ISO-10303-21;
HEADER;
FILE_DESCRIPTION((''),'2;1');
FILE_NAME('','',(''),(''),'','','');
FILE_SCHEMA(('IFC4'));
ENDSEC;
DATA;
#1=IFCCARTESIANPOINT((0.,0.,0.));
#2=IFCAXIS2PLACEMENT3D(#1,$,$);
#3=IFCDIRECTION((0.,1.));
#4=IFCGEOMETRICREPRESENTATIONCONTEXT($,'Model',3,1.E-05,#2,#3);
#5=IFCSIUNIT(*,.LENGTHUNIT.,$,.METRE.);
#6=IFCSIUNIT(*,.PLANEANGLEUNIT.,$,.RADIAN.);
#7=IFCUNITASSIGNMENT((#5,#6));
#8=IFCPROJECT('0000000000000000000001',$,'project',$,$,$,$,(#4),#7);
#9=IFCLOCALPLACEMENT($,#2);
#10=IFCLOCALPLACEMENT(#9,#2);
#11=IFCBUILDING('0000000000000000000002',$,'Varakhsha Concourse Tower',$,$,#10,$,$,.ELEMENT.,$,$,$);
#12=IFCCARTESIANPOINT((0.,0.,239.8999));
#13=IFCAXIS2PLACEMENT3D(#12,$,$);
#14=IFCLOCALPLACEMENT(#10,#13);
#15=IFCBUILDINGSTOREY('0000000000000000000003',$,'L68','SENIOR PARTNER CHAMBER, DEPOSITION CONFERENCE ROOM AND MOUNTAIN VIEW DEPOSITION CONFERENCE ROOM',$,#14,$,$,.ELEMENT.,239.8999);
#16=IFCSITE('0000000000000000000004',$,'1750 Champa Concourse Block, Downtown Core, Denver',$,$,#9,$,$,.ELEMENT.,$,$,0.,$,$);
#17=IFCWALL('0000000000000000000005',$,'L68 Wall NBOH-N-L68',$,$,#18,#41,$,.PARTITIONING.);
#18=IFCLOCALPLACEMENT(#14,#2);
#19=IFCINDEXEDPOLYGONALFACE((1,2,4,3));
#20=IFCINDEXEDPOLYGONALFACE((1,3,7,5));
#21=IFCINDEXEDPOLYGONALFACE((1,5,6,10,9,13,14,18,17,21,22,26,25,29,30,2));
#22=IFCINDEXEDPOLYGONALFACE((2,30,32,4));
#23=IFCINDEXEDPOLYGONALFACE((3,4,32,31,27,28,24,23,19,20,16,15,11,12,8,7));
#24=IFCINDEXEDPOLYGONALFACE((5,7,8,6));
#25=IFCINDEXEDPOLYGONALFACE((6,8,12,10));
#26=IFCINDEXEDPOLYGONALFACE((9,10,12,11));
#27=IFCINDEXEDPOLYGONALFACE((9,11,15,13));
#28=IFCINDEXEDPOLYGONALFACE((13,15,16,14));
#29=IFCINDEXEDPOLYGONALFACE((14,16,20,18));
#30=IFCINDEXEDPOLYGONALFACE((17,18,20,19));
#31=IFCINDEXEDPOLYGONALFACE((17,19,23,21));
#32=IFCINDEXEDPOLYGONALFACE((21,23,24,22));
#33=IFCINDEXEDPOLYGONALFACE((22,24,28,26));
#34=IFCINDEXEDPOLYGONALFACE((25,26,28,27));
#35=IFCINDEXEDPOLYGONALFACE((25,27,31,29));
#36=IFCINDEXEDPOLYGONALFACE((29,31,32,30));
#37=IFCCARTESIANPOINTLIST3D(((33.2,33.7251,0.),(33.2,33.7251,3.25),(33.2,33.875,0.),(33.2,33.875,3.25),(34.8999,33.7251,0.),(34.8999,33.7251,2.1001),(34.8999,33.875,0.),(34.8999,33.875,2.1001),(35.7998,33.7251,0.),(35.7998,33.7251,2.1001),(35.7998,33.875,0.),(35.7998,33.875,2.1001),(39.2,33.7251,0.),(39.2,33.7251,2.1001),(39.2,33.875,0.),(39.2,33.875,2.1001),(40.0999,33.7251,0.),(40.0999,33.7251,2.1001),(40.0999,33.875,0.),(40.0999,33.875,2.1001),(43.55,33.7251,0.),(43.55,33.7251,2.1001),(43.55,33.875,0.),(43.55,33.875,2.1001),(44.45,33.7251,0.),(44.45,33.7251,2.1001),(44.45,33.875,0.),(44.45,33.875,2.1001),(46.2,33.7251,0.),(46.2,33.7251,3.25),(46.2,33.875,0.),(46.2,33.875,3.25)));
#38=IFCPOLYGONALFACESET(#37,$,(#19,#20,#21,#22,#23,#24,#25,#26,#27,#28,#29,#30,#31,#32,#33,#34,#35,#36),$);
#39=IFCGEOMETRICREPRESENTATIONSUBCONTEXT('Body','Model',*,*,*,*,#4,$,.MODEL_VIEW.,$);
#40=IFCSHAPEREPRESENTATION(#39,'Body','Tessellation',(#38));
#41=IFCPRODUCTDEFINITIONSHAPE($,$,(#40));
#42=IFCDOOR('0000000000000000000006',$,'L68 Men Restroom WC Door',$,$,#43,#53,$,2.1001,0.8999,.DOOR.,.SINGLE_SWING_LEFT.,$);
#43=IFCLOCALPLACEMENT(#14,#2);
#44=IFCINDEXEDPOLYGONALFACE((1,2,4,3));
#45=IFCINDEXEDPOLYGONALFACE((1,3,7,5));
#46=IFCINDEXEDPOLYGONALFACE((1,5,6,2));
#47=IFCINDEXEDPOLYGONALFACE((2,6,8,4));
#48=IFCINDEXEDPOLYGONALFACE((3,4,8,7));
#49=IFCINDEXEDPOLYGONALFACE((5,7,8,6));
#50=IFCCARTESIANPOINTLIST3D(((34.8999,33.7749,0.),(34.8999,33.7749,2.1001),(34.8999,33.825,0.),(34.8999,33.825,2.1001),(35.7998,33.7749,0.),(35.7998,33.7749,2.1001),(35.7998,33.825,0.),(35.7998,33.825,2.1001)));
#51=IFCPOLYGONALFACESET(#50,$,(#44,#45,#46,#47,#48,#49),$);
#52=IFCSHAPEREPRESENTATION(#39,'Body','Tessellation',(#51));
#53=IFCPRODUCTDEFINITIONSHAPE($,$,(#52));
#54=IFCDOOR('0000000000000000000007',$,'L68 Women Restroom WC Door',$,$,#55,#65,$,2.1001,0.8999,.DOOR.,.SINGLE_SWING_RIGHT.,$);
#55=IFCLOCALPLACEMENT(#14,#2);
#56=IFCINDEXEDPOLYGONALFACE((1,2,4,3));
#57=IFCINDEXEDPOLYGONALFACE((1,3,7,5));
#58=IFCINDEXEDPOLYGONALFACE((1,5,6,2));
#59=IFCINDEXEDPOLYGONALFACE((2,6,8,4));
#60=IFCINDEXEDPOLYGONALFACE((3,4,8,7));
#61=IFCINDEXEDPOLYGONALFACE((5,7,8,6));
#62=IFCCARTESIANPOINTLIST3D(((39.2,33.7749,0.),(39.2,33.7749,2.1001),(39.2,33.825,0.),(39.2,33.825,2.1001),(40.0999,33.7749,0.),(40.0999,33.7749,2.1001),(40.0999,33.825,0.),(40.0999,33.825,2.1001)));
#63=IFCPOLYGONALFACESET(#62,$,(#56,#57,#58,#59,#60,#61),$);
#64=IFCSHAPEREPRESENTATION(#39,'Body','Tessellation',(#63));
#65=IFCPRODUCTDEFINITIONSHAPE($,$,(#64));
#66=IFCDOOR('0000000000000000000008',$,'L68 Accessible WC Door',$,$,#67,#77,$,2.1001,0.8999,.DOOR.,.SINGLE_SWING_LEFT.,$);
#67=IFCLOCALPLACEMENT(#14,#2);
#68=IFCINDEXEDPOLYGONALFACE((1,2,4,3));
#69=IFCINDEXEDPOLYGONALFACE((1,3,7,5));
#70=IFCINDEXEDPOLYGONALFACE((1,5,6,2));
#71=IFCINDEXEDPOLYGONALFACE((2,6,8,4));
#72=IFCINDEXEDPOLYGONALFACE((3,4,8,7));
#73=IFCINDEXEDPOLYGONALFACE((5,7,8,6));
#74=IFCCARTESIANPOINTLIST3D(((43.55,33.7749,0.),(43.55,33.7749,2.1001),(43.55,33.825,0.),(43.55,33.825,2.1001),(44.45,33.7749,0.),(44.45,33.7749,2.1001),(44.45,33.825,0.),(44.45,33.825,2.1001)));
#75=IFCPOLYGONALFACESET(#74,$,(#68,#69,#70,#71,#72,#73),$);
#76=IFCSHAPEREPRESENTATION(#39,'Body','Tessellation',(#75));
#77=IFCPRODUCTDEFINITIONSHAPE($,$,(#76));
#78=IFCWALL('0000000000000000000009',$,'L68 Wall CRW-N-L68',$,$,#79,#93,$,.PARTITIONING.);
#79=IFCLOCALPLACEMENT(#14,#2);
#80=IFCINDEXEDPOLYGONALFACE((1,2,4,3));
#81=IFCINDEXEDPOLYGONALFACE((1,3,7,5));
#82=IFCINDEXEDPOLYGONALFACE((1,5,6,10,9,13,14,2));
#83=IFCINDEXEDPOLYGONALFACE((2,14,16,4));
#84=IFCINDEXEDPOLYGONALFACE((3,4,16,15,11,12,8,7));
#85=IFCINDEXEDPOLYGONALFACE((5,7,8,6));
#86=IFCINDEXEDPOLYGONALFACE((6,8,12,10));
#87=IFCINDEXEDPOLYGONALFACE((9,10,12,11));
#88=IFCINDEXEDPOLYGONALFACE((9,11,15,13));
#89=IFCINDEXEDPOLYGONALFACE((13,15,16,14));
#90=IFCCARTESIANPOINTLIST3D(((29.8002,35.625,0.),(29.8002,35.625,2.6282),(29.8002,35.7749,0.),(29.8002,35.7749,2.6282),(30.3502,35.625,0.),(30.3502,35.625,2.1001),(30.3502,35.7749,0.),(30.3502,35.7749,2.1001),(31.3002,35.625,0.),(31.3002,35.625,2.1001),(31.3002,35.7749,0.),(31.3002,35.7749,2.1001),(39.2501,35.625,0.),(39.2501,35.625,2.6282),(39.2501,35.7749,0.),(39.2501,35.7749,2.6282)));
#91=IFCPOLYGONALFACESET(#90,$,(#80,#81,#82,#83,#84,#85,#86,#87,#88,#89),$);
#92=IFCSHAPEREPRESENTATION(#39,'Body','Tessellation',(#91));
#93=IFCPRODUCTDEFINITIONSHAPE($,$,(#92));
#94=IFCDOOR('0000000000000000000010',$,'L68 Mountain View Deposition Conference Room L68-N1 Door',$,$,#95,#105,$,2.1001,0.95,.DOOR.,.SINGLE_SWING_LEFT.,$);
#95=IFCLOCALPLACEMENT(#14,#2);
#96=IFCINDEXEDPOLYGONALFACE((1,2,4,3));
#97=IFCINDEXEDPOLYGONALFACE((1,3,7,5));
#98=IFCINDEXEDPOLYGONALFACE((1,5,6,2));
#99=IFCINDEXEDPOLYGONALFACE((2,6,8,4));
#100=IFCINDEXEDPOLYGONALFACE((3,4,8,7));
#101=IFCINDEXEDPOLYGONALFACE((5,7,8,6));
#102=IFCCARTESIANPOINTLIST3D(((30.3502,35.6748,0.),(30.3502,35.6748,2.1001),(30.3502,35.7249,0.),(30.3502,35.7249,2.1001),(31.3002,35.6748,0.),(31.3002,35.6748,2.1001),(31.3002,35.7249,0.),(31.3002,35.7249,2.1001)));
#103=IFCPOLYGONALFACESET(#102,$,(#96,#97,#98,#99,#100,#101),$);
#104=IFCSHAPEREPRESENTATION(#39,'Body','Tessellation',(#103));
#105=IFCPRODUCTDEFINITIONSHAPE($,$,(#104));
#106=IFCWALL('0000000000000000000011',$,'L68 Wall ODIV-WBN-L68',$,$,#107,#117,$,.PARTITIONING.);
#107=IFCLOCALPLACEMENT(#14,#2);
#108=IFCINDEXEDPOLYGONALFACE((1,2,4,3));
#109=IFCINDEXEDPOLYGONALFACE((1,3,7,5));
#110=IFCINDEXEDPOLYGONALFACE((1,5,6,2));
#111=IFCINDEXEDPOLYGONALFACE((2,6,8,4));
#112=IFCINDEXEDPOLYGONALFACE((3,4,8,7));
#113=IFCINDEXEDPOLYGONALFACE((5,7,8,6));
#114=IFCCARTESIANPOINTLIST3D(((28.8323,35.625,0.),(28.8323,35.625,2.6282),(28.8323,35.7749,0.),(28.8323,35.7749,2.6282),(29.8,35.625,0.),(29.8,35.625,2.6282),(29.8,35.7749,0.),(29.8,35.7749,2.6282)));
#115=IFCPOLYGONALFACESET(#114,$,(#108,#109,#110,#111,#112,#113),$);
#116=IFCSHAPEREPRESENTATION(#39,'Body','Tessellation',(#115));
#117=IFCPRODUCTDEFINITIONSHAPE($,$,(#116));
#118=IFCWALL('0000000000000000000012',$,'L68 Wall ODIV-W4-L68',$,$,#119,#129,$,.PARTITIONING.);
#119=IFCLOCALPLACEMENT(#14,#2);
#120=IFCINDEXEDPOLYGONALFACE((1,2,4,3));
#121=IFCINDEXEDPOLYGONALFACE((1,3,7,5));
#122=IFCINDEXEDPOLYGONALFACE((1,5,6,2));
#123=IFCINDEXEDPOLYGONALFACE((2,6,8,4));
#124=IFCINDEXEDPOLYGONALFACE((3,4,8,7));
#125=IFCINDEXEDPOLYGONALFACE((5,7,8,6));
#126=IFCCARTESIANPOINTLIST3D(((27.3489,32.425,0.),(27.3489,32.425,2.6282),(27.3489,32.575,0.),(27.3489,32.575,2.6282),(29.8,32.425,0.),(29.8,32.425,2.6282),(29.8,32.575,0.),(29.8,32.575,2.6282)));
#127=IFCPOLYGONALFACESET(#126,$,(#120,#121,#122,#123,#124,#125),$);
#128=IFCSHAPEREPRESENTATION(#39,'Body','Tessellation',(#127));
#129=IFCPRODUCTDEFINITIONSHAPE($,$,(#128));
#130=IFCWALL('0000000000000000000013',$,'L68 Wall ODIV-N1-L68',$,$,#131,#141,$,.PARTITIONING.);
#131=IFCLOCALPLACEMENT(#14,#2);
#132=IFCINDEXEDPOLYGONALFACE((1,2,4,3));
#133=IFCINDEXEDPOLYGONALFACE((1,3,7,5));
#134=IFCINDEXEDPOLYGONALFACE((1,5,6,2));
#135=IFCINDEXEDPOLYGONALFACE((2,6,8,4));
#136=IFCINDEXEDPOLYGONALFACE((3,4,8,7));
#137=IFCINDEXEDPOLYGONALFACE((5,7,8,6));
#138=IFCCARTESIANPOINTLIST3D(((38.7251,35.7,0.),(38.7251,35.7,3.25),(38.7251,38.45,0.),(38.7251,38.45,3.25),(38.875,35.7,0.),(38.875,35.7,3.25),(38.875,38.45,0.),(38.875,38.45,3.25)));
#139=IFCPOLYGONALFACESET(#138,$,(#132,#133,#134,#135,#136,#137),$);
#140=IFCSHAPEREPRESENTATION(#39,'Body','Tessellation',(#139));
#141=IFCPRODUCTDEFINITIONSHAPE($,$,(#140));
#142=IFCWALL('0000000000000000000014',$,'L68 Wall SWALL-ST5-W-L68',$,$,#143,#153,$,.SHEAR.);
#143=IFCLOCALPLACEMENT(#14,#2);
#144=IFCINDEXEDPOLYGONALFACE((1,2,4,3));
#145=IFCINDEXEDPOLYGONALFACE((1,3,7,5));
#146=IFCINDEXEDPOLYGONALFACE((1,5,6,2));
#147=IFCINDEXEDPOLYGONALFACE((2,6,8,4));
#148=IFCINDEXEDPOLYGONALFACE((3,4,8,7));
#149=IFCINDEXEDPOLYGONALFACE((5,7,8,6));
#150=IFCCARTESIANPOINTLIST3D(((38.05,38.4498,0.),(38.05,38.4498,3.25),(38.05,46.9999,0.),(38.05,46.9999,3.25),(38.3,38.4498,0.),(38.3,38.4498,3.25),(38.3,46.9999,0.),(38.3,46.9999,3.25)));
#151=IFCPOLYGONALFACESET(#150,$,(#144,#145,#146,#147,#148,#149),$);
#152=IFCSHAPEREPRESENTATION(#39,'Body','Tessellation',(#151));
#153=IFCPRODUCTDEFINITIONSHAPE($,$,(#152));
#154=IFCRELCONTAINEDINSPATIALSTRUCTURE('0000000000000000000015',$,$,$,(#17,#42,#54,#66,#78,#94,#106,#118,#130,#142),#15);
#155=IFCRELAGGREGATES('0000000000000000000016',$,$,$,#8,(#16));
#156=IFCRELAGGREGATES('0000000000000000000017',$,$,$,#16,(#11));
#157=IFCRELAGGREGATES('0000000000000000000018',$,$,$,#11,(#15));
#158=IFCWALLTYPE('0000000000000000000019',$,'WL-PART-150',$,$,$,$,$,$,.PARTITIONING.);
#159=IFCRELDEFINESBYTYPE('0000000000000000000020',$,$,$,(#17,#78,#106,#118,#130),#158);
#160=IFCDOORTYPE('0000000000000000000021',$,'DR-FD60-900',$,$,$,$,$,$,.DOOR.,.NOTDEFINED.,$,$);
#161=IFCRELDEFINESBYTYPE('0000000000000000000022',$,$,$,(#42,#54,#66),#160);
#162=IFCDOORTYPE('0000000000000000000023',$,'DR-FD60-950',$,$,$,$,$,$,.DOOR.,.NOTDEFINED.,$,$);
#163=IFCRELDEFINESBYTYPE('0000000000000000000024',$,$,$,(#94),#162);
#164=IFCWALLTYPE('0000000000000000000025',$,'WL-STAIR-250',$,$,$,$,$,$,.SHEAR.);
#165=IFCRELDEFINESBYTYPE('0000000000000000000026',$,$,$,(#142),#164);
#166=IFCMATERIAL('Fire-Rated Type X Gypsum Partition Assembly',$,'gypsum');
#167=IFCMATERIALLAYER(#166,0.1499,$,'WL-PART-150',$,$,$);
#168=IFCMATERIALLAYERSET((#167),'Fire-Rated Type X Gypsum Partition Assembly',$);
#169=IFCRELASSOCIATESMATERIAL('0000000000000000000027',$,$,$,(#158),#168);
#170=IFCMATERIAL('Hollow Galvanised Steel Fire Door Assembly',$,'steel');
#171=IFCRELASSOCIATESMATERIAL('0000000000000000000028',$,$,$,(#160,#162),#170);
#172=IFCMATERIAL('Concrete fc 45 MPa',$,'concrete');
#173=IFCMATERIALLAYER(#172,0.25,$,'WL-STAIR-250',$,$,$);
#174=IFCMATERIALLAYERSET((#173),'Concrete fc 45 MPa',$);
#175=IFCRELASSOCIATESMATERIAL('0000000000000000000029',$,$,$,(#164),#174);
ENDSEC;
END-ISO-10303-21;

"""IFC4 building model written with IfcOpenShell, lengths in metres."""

from ifc_helpers import new_model, si_unit, direction, frame, frame_2d, origin, place, context, subcontext, project, spatial, rectangle, extrude, material, layer, layer_set, type_object, element, fill, save


model = new_model("IFC4")

# Units and contexts
model_context = context("Model", 3, precision=1e-05, world=origin(), true_north=direction((0.0, 1.0)))
body_context = subcontext(model_context, "Body", "Model", "MODEL_VIEW")
ifc_project = project(units=[si_unit("LENGTHUNIT", "METRE"), si_unit("PLANEANGLEUNIT", "RADIAN")], contexts=[model_context])

# Site, building, storey
site_placement = place(None, origin())
site = spatial("IfcSite", under=ifc_project, at=site_placement, Name="1750 Champa Concourse Block, Downtown Core, Denver", CompositionType="ELEMENT", RefElevation=0.0)
building_placement = place(site_placement, origin())
building = spatial("IfcBuilding", under=site, at=building_placement, Name="Varakhsha Concourse Tower", CompositionType="ELEMENT")
storey_placement = place(building_placement, frame((0.0, 0.0, 239.8999)))
storey = spatial("IfcBuildingStorey", under=building, at=storey_placement, Name="L68", Description="SENIOR PARTNER CHAMBER, DEPOSITION CONFERENCE ROOM AND MOUNTAIN VIEW DEPOSITION CONFERENCE ROOM", CompositionType="ELEMENT", Elevation=239.8999)

# Wall, openings, doors
ifc_material_1 = material(Name="Fire-Rated Type X Gypsum Partition Assembly", Category="gypsum")
ifc_layer_1 = layer(ifc_material_1, 0.1499, Name="WL-PART-150")
ifc_layer_set_1 = layer_set([ifc_layer_1], Name="Fire-Rated Type X Gypsum Partition Assembly")
wall_type_1 = type_object("IfcWallType", Name="WL-PART-150", PredefinedType="PARTITIONING", material=ifc_layer_set_1)
wall_1_placement = place(storey_placement, frame((33.2, 33.8, 0.0), z_axis=(0.0, 0.0, 1.0), x_axis=(1.0, 0.0, 0.0)))
wall_1 = element("IfcWall", 1, at=wall_1_placement, inside=storey, type_object=wall_type_1, Name="L68 Wall NBOH-N-L68", PredefinedType="PARTITIONING", context=body_context, shape_type="SweptSolid", body=[
    extrude(rectangle(XDim=13.0, YDim=0.1499, at=frame_2d((6.5, 0.0))), origin(), (0.0, 0.0, 1.0), 3.25),
])
opening_1_placement = place(wall_1_placement, frame((1.7, 0.0, 0.0)))
opening_1 = element("IfcOpeningElement", 2, at=opening_1_placement, cuts=wall_1, PredefinedType="OPENING", context=body_context, shape_type="SweptSolid", body=[
    extrude(rectangle(XDim=0.8999, YDim=2.1001, at=frame_2d((0.45, 1.05))), frame((0.0, 0.085, 0.0), z_axis=(0.0, -1.0, 0.0), x_axis=(1.0, 0.0, 0.0)), (0.0, 0.0, 1.0), 0.1699),
])
opening_2_placement = place(wall_1_placement, frame((6.0, 0.0, 0.0)))
opening_2 = element("IfcOpeningElement", 3, at=opening_2_placement, cuts=wall_1, PredefinedType="OPENING", context=body_context, shape_type="SweptSolid", body=[
    extrude(rectangle(XDim=0.8999, YDim=2.1001, at=frame_2d((0.45, 1.05))), frame((0.0, 0.085, 0.0), z_axis=(0.0, -1.0, 0.0), x_axis=(1.0, 0.0, 0.0)), (0.0, 0.0, 1.0), 0.1699),
])
opening_3_placement = place(wall_1_placement, frame((10.3501, 0.0, 0.0)))
opening_3 = element("IfcOpeningElement", 4, at=opening_3_placement, cuts=wall_1, PredefinedType="OPENING", context=body_context, shape_type="SweptSolid", body=[
    extrude(rectangle(XDim=0.8999, YDim=2.1001, at=frame_2d((0.45, 1.05))), frame((0.0, 0.085, 0.0), z_axis=(0.0, -1.0, 0.0), x_axis=(1.0, 0.0, 0.0)), (0.0, 0.0, 1.0), 0.1699),
])
ifc_material_2 = material(Name="Hollow Galvanised Steel Fire Door Assembly", Category="steel")
door_type_1 = type_object("IfcDoorType", Name="DR-FD60-900", OperationType="NOTDEFINED", PredefinedType="DOOR", material=ifc_material_2)
door_1_placement = place(opening_1_placement, origin())
door_1 = element("IfcDoor", 5, at=door_1_placement, inside=storey, type_object=door_type_1, Name="L68 Men Restroom WC Door", OperationType="SINGLE_SWING_LEFT", OverallHeight=2.1001, OverallWidth=0.8999, PredefinedType="DOOR", context=body_context, shape_type="SweptSolid", body=[
    extrude(rectangle(XDim=0.8999, YDim=2.1001, at=frame_2d((0.45, 1.05))), frame((0.0, 0.0249, 0.0), z_axis=(0.0, -1.0, 0.0), x_axis=(1.0, 0.0, 0.0)), (0.0, 0.0, 1.0), 0.05),
])
fill(opening_1, door_1)
door_2_placement = place(opening_2_placement, origin())
door_2 = element("IfcDoor", 6, at=door_2_placement, inside=storey, type_object=door_type_1, Name="L68 Women Restroom WC Door", OperationType="SINGLE_SWING_RIGHT", OverallHeight=2.1001, OverallWidth=0.8999, PredefinedType="DOOR", context=body_context, shape_type="SweptSolid", body=[
    extrude(rectangle(XDim=0.8999, YDim=2.1001, at=frame_2d((0.45, 1.05))), frame((0.0, 0.0249, 0.0), z_axis=(0.0, -1.0, 0.0), x_axis=(1.0, 0.0, 0.0)), (0.0, 0.0, 1.0), 0.05),
])
fill(opening_2, door_2)
door_3_placement = place(opening_3_placement, origin())
door_3 = element("IfcDoor", 7, at=door_3_placement, inside=storey, type_object=door_type_1, Name="L68 Accessible WC Door", OperationType="SINGLE_SWING_LEFT", OverallHeight=2.1001, OverallWidth=0.8999, PredefinedType="DOOR", context=body_context, shape_type="SweptSolid", body=[
    extrude(rectangle(XDim=0.8999, YDim=2.1001, at=frame_2d((0.45, 1.05))), frame((0.0, 0.0249, 0.0), z_axis=(0.0, -1.0, 0.0), x_axis=(1.0, 0.0, 0.0)), (0.0, 0.0, 1.0), 0.05),
])
fill(opening_3, door_3)

# Wall, opening, door
wall_2_placement = place(storey_placement, frame((29.8, 35.7, 0.0), z_axis=(0.0, 0.0, 1.0), x_axis=(1.0, 0.0, 0.0)))
wall_2 = element("IfcWall", 8, at=wall_2_placement, inside=storey, type_object=wall_type_1, Name="L68 Wall CRW-N-L68", PredefinedType="PARTITIONING", context=body_context, shape_type="SweptSolid", body=[
    extrude(rectangle(XDim=9.45, YDim=0.1499, at=frame_2d((4.7251, 0.0))), origin(), (0.0, 0.0, 1.0), 2.6282),
])
opening_4_placement = place(wall_2_placement, frame((0.55, 0.0, 0.0)))
opening_4 = element("IfcOpeningElement", 9, at=opening_4_placement, cuts=wall_2, PredefinedType="OPENING", context=body_context, shape_type="SweptSolid", body=[
    extrude(rectangle(XDim=0.95, YDim=2.1001, at=frame_2d((0.4751, 1.05))), frame((0.0, 0.085, 0.0), z_axis=(0.0, -1.0, 0.0), x_axis=(1.0, 0.0, 0.0)), (0.0, 0.0, 1.0), 0.1699),
])
door_type_2 = type_object("IfcDoorType", Name="DR-FD60-950", OperationType="NOTDEFINED", PredefinedType="DOOR", material=ifc_material_2)
door_4_placement = place(opening_4_placement, origin())
door_4 = element("IfcDoor", 10, at=door_4_placement, inside=storey, type_object=door_type_2, Name="L68 Mountain View Deposition Conference Room L68-N1 Door", OperationType="SINGLE_SWING_LEFT", OverallHeight=2.1001, OverallWidth=0.95, PredefinedType="DOOR", context=body_context, shape_type="SweptSolid", body=[
    extrude(rectangle(XDim=0.95, YDim=2.1001, at=frame_2d((0.4751, 1.05))), frame((0.0, 0.0249, 0.0), z_axis=(0.0, -1.0, 0.0), x_axis=(1.0, 0.0, 0.0)), (0.0, 0.0, 1.0), 0.05),
])
fill(opening_4, door_4)

# Walls
wall_3_placement = place(storey_placement, frame((28.8323, 35.7, 0.0), z_axis=(0.0, 0.0, 1.0), x_axis=(1.0, 0.0, 0.0)))
element("IfcWall", 11, at=wall_3_placement, inside=storey, type_object=wall_type_1, Name="L68 Wall ODIV-WBN-L68", PredefinedType="PARTITIONING", context=body_context, shape_type="SweptSolid", body=[
    extrude(rectangle(XDim=0.9678, YDim=0.1499, at=frame_2d((0.4839, 0.0))), origin(), (0.0, 0.0, 1.0), 2.6282),
])
wall_4_placement = place(storey_placement, frame((27.3489, 32.5, 0.0), z_axis=(0.0, 0.0, 1.0), x_axis=(1.0, 0.0, 0.0)))
element("IfcWall", 12, at=wall_4_placement, inside=storey, type_object=wall_type_1, Name="L68 Wall ODIV-W4-L68", PredefinedType="PARTITIONING", context=body_context, shape_type="SweptSolid", body=[
    extrude(rectangle(XDim=2.4512, YDim=0.1499, at=frame_2d((1.2256, 0.0))), origin(), (0.0, 0.0, 1.0), 2.6282),
])
wall_5_placement = place(storey_placement, frame((38.8, 35.7, 0.0), z_axis=(0.0, 0.0, 1.0), x_axis=(0.0, 1.0, 0.0)))
element("IfcWall", 13, at=wall_5_placement, inside=storey, type_object=wall_type_1, Name="L68 Wall ODIV-N1-L68", PredefinedType="PARTITIONING", context=body_context, shape_type="SweptSolid", body=[
    extrude(rectangle(XDim=2.75, YDim=0.1499, at=frame_2d((1.375, 0.0))), origin(), (0.0, 0.0, 1.0), 3.25),
])
ifc_material_3 = material(Name="Concrete fc 45 MPa", Category="concrete")
ifc_layer_2 = layer(ifc_material_3, 0.25, Name="WL-STAIR-250")
ifc_layer_set_2 = layer_set([ifc_layer_2], Name="Concrete fc 45 MPa")
wall_type_2 = type_object("IfcWallType", Name="WL-STAIR-250", PredefinedType="SHEAR", material=ifc_layer_set_2)
wall_6_placement = place(storey_placement, frame((38.175, 38.45, 0.0), z_axis=(0.0, 0.0, 1.0), x_axis=(0.0, 1.0, 0.0)))
element("IfcWall", 14, at=wall_6_placement, inside=storey, type_object=wall_type_2, Name="L68 Wall SWALL-ST5-W-L68", PredefinedType="SHEAR", context=body_context, shape_type="SweptSolid", body=[
    extrude(rectangle(XDim=8.55, YDim=0.25, at=frame_2d((4.2749, 0.0))), origin(), (0.0, 0.0, 1.0), 3.25),
])

save(model, "model.ifc")
